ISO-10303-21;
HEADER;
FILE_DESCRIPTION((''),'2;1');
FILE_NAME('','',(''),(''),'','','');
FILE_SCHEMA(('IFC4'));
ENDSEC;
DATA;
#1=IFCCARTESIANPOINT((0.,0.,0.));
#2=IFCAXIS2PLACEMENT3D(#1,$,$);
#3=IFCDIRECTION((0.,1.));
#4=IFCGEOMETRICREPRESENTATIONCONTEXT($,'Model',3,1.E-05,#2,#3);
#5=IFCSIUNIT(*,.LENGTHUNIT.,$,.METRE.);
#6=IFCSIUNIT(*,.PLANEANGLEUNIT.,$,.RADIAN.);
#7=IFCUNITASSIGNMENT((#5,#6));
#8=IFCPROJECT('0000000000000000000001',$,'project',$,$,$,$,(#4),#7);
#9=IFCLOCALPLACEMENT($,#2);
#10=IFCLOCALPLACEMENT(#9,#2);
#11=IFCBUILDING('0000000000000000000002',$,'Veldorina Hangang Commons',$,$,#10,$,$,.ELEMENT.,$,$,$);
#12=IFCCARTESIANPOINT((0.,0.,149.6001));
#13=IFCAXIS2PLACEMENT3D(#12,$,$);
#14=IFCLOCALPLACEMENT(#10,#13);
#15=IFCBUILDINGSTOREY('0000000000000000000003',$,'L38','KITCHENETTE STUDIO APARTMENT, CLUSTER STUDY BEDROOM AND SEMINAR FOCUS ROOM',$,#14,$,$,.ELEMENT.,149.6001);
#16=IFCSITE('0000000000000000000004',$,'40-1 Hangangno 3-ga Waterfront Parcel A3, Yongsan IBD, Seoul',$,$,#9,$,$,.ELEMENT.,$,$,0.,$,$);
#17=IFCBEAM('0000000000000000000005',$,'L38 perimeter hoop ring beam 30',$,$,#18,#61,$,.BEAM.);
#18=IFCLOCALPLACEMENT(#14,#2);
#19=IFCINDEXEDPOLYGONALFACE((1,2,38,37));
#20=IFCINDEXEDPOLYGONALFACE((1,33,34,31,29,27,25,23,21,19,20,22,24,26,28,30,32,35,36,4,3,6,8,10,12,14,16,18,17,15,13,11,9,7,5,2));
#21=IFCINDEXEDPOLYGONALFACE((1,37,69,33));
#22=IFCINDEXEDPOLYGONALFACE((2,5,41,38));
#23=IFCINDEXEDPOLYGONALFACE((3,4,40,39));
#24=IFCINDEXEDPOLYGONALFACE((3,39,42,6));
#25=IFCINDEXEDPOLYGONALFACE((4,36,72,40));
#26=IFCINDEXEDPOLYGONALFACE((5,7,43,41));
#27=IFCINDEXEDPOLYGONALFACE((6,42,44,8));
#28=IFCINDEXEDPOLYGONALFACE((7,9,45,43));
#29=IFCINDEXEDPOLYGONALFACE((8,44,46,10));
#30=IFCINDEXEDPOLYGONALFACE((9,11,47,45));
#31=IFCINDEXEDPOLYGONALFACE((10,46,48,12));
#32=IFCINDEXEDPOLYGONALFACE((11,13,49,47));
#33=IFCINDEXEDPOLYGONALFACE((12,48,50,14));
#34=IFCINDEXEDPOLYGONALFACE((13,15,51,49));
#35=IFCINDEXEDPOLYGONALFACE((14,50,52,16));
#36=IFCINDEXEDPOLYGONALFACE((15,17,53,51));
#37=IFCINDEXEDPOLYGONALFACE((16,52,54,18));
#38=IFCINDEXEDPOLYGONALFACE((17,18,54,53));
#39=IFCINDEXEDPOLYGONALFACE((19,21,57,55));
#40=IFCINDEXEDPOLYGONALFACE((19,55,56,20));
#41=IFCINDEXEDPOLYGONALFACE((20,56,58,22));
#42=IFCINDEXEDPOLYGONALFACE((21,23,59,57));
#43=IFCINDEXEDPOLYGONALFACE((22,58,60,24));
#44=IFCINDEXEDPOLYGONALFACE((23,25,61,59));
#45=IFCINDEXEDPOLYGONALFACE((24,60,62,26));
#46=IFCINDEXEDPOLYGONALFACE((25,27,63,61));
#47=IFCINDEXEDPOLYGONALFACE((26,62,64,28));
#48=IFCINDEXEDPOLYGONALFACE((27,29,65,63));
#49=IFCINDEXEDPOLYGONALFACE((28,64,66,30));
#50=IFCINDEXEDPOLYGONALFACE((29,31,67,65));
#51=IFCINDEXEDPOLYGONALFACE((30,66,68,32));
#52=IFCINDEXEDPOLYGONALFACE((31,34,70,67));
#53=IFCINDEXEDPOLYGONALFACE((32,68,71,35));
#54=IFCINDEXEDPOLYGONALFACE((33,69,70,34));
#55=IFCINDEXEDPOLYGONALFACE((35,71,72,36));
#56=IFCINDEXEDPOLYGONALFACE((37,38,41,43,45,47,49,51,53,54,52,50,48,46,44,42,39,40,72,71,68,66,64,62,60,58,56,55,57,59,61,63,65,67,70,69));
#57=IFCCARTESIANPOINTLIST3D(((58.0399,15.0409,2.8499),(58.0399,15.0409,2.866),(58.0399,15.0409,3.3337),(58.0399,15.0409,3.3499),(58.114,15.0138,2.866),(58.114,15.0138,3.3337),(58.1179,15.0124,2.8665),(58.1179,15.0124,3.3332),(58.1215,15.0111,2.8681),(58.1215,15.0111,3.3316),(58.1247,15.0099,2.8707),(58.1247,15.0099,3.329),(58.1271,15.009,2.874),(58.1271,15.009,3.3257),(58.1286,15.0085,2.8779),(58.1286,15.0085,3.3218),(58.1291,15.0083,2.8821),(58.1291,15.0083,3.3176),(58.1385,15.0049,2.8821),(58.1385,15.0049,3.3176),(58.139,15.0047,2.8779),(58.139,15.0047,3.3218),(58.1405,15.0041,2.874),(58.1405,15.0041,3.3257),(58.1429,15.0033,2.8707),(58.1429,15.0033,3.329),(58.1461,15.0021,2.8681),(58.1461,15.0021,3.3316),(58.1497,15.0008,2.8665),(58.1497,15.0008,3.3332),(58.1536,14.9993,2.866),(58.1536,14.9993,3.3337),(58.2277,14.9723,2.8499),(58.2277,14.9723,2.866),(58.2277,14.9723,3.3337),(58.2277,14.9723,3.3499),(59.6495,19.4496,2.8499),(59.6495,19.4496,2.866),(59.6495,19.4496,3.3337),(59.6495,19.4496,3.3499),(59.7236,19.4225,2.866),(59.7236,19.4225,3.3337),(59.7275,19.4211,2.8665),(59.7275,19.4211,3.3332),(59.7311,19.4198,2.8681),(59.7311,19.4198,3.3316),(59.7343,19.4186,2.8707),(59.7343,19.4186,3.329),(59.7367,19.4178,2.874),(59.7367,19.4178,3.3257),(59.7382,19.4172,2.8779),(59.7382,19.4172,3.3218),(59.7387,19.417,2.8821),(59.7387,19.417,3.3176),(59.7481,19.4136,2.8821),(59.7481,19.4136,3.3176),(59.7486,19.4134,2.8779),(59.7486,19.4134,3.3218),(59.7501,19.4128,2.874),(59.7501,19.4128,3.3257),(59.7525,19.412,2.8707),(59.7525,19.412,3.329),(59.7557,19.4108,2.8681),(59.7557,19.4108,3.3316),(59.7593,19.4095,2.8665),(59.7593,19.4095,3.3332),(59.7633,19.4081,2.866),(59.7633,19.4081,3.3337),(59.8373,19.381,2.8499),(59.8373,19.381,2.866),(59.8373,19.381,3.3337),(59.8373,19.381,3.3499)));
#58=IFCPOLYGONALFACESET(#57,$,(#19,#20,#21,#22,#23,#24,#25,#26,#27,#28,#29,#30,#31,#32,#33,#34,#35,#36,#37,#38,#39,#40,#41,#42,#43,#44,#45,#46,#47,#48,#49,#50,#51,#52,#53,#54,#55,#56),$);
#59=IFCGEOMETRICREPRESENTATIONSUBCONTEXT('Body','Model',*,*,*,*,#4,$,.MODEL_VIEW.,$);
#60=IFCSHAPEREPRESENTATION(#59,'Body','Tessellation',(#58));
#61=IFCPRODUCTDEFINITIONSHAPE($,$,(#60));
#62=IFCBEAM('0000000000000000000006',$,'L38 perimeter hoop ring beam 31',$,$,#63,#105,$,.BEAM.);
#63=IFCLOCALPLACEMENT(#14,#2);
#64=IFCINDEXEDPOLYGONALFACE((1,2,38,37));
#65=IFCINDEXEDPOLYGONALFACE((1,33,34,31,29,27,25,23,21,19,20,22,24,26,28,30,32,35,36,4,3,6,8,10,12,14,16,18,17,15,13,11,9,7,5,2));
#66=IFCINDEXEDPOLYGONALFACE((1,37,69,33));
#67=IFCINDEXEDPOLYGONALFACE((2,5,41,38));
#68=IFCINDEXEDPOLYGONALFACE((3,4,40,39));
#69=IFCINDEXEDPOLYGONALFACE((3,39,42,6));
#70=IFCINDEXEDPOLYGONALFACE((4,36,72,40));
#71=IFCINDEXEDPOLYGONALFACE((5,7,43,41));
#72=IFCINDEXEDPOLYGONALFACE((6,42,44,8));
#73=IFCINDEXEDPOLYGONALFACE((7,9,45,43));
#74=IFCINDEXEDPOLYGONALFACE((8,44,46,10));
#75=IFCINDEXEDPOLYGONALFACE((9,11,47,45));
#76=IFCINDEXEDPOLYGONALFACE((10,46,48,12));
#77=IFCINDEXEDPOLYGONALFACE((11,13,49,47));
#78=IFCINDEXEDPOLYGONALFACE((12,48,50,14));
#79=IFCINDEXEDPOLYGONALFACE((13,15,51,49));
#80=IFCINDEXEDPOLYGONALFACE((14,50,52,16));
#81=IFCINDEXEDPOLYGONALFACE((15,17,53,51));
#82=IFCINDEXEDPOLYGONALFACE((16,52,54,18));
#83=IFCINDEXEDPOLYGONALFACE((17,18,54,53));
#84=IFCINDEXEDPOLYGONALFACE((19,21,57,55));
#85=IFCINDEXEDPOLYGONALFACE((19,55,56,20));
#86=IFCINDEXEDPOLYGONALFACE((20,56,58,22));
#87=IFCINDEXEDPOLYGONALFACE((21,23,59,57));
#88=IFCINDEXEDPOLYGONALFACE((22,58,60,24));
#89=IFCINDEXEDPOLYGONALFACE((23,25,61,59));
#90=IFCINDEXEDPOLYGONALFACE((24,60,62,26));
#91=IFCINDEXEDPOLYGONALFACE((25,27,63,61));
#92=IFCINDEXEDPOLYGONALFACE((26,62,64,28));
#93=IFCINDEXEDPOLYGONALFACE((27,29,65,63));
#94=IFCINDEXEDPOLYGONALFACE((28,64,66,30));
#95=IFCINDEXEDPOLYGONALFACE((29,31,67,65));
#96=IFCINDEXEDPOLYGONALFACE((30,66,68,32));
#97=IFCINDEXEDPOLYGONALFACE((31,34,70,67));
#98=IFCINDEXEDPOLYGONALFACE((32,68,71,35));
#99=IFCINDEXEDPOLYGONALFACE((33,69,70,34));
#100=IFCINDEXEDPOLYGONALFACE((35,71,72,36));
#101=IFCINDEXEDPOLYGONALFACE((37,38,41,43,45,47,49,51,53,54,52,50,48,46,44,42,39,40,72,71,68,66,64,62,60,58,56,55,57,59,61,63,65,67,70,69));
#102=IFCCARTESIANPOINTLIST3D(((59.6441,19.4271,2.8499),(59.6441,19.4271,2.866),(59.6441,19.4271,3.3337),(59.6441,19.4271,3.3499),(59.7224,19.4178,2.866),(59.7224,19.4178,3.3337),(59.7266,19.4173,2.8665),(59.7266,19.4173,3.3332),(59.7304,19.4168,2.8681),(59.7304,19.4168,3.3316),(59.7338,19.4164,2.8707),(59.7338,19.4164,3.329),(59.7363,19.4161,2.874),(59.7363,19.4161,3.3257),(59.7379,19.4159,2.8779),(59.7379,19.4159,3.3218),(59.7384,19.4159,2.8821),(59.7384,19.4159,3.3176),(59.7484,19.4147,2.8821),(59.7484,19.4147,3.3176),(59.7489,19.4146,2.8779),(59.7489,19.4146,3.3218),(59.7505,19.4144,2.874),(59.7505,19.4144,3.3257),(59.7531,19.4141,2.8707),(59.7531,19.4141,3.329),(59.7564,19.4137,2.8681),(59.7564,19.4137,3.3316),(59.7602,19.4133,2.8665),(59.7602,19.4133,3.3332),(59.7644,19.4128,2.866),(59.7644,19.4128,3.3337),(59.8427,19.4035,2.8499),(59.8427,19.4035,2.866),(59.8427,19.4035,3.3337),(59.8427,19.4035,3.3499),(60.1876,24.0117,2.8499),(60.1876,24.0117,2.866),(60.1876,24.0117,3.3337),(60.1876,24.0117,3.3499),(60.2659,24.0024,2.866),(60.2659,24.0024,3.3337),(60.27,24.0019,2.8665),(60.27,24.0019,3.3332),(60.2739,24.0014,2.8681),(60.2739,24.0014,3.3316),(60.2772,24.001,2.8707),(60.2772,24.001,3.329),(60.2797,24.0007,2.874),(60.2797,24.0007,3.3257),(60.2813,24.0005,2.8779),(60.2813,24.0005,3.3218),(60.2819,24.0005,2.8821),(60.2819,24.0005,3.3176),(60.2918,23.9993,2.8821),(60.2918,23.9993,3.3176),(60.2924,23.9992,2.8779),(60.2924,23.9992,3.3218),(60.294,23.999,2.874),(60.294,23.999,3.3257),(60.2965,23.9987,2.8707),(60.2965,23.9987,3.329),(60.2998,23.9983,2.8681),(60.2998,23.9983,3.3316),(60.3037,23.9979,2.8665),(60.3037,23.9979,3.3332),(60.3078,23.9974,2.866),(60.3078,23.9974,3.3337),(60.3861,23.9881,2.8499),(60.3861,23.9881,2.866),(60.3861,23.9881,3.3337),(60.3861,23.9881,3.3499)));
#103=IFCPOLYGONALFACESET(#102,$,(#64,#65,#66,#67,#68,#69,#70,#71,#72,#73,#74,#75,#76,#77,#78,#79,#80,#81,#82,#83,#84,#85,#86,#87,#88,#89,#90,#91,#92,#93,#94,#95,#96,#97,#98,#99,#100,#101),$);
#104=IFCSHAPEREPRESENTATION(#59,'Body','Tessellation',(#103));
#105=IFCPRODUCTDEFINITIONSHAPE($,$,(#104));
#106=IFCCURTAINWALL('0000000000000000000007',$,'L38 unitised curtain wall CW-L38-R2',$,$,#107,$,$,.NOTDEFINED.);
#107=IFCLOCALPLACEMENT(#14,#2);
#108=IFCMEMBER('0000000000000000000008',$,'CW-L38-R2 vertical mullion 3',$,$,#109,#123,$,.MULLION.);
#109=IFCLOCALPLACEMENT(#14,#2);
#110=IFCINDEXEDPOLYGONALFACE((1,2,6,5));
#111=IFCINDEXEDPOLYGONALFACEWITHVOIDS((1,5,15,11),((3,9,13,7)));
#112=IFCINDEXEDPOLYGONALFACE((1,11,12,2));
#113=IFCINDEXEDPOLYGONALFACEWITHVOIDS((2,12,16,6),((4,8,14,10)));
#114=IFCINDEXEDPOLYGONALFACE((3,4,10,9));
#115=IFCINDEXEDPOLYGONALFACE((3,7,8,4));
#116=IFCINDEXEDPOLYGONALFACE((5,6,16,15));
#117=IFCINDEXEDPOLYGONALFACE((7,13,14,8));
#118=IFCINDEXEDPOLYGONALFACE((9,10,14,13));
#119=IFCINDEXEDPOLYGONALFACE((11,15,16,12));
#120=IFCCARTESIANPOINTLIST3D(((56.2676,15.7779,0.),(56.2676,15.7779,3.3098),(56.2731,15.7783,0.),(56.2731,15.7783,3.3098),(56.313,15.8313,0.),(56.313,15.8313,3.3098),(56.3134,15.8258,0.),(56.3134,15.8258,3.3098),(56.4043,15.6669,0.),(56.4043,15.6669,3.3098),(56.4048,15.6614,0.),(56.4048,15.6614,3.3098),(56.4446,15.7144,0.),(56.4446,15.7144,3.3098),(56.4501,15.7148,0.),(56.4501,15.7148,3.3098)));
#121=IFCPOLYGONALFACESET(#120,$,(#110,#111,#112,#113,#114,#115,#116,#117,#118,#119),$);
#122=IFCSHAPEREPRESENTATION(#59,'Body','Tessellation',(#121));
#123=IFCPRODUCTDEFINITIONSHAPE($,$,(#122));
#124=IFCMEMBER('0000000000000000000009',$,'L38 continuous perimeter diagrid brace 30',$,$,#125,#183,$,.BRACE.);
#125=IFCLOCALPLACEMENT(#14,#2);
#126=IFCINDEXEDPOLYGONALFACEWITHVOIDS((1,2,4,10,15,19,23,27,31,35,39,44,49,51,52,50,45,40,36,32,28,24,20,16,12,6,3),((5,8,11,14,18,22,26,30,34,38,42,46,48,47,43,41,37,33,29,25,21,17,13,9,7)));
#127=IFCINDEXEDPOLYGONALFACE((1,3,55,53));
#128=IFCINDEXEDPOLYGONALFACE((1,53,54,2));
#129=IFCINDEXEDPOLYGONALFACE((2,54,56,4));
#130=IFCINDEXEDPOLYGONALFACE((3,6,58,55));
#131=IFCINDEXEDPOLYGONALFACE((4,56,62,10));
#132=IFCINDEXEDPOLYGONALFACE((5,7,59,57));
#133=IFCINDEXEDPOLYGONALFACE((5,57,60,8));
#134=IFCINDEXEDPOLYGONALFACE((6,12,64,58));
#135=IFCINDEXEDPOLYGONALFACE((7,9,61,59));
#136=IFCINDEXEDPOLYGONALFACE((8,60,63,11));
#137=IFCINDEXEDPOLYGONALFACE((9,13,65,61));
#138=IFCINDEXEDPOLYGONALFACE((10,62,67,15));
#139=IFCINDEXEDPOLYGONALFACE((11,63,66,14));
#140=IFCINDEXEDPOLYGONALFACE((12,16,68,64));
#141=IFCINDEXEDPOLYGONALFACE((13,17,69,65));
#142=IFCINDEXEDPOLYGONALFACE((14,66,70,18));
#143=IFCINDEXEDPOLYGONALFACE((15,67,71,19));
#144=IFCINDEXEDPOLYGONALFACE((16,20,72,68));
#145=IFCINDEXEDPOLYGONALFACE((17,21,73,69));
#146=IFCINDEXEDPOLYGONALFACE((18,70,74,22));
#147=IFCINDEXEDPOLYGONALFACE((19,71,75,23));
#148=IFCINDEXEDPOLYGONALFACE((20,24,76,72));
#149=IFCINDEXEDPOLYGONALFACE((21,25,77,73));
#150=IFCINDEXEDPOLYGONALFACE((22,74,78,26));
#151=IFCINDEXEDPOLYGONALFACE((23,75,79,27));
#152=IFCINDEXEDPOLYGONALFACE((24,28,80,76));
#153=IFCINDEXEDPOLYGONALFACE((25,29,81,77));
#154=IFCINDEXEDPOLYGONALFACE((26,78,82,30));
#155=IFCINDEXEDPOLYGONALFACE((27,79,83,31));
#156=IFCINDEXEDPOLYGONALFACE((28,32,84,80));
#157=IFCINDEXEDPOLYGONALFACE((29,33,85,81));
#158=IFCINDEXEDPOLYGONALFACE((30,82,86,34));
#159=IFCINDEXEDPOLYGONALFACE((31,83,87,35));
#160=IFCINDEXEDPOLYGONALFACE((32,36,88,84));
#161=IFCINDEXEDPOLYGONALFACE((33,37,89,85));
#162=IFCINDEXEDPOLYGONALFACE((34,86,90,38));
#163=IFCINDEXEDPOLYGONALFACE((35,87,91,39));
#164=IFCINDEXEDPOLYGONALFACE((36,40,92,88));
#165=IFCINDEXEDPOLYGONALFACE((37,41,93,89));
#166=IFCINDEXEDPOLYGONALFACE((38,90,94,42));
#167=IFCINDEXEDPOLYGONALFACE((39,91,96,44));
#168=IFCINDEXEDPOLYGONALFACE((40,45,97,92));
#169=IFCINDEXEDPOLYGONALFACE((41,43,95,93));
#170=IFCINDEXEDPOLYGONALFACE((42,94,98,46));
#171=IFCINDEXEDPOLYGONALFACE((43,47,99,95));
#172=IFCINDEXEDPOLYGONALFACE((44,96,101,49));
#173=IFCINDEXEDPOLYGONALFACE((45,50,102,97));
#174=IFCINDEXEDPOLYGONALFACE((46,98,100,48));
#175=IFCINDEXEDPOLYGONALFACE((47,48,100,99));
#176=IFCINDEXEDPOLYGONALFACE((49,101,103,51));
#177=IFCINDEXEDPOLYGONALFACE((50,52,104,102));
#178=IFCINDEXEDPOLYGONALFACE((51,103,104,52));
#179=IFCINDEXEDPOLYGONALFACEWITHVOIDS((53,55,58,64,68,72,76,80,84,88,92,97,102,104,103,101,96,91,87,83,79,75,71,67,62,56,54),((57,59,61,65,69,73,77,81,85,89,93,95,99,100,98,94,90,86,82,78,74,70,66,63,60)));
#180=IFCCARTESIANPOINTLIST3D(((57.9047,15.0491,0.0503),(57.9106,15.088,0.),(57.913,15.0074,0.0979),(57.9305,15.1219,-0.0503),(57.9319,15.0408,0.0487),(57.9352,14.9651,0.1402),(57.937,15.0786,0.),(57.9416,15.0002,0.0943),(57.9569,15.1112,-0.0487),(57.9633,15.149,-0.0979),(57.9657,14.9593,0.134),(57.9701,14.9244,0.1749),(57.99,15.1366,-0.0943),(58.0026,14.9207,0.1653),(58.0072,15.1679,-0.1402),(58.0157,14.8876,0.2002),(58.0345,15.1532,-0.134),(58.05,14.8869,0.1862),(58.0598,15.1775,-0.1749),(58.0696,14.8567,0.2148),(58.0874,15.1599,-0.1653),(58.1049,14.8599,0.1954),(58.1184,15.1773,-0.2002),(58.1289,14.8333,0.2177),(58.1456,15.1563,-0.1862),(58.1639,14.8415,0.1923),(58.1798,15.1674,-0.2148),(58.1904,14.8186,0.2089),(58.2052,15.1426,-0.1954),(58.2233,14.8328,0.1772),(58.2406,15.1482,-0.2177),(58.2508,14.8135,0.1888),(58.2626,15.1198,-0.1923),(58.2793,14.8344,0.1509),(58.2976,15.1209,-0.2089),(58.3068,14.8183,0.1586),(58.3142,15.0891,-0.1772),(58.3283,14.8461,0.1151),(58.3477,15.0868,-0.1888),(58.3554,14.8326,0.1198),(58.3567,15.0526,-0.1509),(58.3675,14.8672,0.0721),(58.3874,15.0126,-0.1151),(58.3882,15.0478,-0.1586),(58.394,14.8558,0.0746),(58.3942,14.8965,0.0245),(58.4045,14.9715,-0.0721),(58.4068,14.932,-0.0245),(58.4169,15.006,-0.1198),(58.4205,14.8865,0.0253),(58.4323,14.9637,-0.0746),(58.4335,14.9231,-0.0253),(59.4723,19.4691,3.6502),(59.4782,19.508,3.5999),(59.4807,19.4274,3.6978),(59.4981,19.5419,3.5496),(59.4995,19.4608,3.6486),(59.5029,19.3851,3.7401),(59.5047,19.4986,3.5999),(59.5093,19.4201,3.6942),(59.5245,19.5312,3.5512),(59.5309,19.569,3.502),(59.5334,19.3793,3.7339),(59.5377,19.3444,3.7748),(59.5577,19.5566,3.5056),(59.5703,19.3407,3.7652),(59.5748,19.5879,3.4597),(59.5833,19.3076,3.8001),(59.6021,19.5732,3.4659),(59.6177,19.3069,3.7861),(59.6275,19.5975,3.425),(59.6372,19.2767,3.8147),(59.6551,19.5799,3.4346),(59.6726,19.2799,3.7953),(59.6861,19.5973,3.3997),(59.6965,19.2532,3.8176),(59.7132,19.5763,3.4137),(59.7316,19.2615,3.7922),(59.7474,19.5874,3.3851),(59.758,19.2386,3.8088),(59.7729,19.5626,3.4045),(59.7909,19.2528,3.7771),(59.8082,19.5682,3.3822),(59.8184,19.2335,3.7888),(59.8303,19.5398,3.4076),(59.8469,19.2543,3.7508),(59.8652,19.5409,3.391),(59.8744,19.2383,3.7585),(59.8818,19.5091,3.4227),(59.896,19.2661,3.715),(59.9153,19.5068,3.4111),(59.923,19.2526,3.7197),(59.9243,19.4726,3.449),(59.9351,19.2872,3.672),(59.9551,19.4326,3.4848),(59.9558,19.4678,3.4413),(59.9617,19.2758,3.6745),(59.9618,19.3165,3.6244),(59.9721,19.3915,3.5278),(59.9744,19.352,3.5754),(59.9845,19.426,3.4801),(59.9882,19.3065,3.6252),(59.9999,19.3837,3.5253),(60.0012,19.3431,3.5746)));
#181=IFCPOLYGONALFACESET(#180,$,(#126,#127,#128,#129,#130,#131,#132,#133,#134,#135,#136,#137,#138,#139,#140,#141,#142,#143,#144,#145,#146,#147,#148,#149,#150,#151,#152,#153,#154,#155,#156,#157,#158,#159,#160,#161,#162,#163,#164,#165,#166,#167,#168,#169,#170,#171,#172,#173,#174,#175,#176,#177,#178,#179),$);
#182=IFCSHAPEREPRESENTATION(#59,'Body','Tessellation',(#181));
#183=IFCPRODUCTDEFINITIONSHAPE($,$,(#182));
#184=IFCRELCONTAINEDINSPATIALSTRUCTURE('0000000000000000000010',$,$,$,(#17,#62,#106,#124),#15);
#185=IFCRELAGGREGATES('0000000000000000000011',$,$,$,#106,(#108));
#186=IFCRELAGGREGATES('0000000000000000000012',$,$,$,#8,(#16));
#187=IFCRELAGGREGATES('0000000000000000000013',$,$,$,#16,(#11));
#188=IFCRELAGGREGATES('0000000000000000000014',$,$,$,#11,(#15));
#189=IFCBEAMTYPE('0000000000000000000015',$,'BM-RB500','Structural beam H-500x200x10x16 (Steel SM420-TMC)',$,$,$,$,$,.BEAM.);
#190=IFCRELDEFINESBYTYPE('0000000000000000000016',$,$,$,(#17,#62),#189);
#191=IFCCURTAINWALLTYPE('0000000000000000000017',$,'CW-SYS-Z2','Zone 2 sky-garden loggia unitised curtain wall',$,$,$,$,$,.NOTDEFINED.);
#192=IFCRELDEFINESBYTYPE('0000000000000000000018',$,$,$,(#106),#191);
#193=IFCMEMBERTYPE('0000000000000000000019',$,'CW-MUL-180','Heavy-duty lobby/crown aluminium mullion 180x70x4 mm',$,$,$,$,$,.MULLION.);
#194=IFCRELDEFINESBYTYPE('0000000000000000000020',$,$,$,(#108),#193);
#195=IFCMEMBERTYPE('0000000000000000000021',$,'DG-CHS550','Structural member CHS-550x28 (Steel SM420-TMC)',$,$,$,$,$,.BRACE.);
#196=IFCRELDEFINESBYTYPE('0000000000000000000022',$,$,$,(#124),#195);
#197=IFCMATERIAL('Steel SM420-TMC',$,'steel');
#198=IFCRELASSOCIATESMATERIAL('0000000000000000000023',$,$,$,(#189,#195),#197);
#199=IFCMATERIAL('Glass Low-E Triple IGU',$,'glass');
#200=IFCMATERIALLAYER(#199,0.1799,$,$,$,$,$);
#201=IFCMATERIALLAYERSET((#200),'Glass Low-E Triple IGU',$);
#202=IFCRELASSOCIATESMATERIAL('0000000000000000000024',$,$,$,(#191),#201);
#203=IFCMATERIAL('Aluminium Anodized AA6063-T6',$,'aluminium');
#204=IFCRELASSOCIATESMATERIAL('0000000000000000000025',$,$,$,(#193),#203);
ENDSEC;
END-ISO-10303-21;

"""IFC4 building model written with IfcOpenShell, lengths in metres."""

from ifc_helpers import new_model, si_unit, direction, frame, origin, origin_2d, place, context, subcontext, project, spatial, hollow_rectangle, hollow_circle, i_section, extrude, material, layer, layer_set, material_profile, profile_set, type_object, element, aggregate, save


model = new_model("IFC4")

# Units and contexts
model_context = context("Model", 3, precision=1e-05, world=origin(), true_north=direction((0.0, 1.0)))
body_context = subcontext(model_context, "Body", "Model", "MODEL_VIEW")
ifc_project = project(units=[si_unit("LENGTHUNIT", "METRE"), si_unit("PLANEANGLEUNIT", "RADIAN")], contexts=[model_context])

# Site, building, storey
site_placement = place(None, origin())
site = spatial("IfcSite", under=ifc_project, at=site_placement, Name="40-1 Hangangno 3-ga Waterfront Parcel A3, Yongsan IBD, Seoul", CompositionType="ELEMENT", RefElevation=0.0)
building_placement = place(site_placement, origin())
building = spatial("IfcBuilding", under=site, at=building_placement, Name="Veldorina Hangang Commons", CompositionType="ELEMENT")
storey_placement = place(building_placement, frame((0.0, 0.0, 149.6001)))
storey = spatial("IfcBuildingStorey", under=building, at=storey_placement, Name="L38", Description="KITCHENETTE STUDIO APARTMENT, CLUSTER STUDY BEDROOM AND SEMINAR FOCUS ROOM", CompositionType="ELEMENT", Elevation=149.6001)

# Beams
ifc_material_1 = material(Name="Steel SM420-TMC", Category="steel")
ifc_material_profile_1 = material_profile(ifc_material_1, i_section(OverallWidth=0.2, OverallDepth=0.5, WebThickness=0.01, FlangeThickness=0.0161, FilletRadius=0.0161, at=origin_2d()), Name="H-500x200x10x16")
ifc_profile_set_1 = profile_set([ifc_material_profile_1], Name="Steel SM420-TMC")
beam_type = type_object("IfcBeamType", Name="BM-RB500", Description="Structural beam H-500x200x10x16 (Steel SM420-TMC)", PredefinedType="BEAM", material=ifc_profile_set_1)
beam_1_placement = place(storey_placement, frame((58.1338, 15.0066, 3.0999), z_axis=(0.342958, 0.939351, 0.0), x_axis=(-0.939351, 0.342958, 0.0)))
element("IfcBeam", 1, at=beam_1_placement, inside=storey, type_object=beam_type, Name="L38 perimeter hoop ring beam 30", PredefinedType="BEAM", context=body_context, shape_type="SweptSolid", body=[
    extrude(i_section(OverallWidth=0.2, OverallDepth=0.5, WebThickness=0.01, FlangeThickness=0.0161, FilletRadius=0.0161, at=origin_2d()), origin(), (0.0, 0.0, 1.0), 4.6934),
])
beam_2_placement = place(storey_placement, frame((59.7434, 19.4153, 3.0999), z_axis=(0.117713, 0.993048, 0.0), x_axis=(-0.993048, 0.117713, 0.0)))
element("IfcBeam", 2, at=beam_2_placement, inside=storey, type_object=beam_type, Name="L38 perimeter hoop ring beam 31", PredefinedType="BEAM", context=body_context, shape_type="SweptSolid", body=[
    extrude(i_section(OverallWidth=0.2, OverallDepth=0.5, WebThickness=0.01, FlangeThickness=0.0161, FilletRadius=0.0161, at=origin_2d()), origin(), (0.0, 0.0, 1.0), 4.6167),
])

# Curtain wall, member
ifc_material_2 = material(Name="Glass Low-E Triple IGU", Category="glass")
ifc_layer_1 = layer(ifc_material_2, 0.1799)
ifc_layer_set_1 = layer_set([ifc_layer_1], Name="Glass Low-E Triple IGU")
curtain_wall_type = type_object("IfcCurtainWallType", Name="CW-SYS-Z2", Description="Zone 2 sky-garden loggia unitised curtain wall", PredefinedType="NOTDEFINED", material=ifc_layer_set_1)
curtain_wall_placement = place(storey_placement, origin())
curtain_wall = element("IfcCurtainWall", 3, at=curtain_wall_placement, inside=storey, type_object=curtain_wall_type, Name="L38 unitised curtain wall CW-L38-R2", PredefinedType="NOTDEFINED")
ifc_material_3 = material(Name="Aluminium Anodized AA6063-T6", Category="aluminium")
ifc_material_profile_2 = material_profile(ifc_material_3, hollow_rectangle(XDim=0.0701, YDim=0.1799, WallThickness=0.0039, at=origin_2d()), Name="ALU-RHS-180x70x4")
ifc_profile_set_2 = profile_set([ifc_material_profile_2], Name="Aluminium Anodized AA6063-T6")
member_type_1 = type_object("IfcMemberType", Name="CW-MUL-180", Description="Heavy-duty lobby/crown aluminium mullion 180x70x4 mm", PredefinedType="MULLION", material=ifc_profile_set_2)
member_1_placement = place(storey_placement, frame((56.3589, 15.7463, 0.0), z_axis=(0.0, 0.0, 1.0), x_axis=(-0.647269, -0.762262, 0.0)))
member_1 = element("IfcMember", 4, at=member_1_placement, type_object=member_type_1, Name="CW-L38-R2 vertical mullion 3", PredefinedType="MULLION", context=body_context, shape_type="SweptSolid", body=[
    extrude(hollow_rectangle(XDim=0.0701, YDim=0.1799, WallThickness=0.0039, at=origin_2d()), origin(), (0.0, 0.0, 1.0), 3.3098),
])
aggregate(curtain_wall, [member_1])

# Member
ifc_material_profile_3 = material_profile(ifc_material_1, hollow_circle(Radius=0.2749, WallThickness=0.0281, at=origin_2d()), Name="CHS-550x28")
ifc_profile_set_3 = profile_set([ifc_material_profile_3], Name="Steel SM420-TMC")
member_type_2 = type_object("IfcMemberType", Name="DG-CHS550", Description="Structural member CHS-550x28 (Steel SM420-TMC)", PredefinedType="BRACE", material=ifc_profile_set_3)
member_2_placement = place(storey_placement, frame((58.1697, 14.9961, 0.0), z_axis=(0.265159, 0.747615, 0.608903), x_axis=(-0.942477, 0.334271, 0.0)))
element("IfcMember", 5, at=member_2_placement, inside=storey, type_object=member_type_2, Name="L38 continuous perimeter diagrid brace 30", PredefinedType="BRACE", context=body_context, shape_type="SweptSolid", body=[
    extrude(hollow_circle(Radius=0.2749, WallThickness=0.0281, at=origin_2d()), origin(), (0.0, 0.0, 1.0), 5.9121),
])

save(model, "model.ifc")
